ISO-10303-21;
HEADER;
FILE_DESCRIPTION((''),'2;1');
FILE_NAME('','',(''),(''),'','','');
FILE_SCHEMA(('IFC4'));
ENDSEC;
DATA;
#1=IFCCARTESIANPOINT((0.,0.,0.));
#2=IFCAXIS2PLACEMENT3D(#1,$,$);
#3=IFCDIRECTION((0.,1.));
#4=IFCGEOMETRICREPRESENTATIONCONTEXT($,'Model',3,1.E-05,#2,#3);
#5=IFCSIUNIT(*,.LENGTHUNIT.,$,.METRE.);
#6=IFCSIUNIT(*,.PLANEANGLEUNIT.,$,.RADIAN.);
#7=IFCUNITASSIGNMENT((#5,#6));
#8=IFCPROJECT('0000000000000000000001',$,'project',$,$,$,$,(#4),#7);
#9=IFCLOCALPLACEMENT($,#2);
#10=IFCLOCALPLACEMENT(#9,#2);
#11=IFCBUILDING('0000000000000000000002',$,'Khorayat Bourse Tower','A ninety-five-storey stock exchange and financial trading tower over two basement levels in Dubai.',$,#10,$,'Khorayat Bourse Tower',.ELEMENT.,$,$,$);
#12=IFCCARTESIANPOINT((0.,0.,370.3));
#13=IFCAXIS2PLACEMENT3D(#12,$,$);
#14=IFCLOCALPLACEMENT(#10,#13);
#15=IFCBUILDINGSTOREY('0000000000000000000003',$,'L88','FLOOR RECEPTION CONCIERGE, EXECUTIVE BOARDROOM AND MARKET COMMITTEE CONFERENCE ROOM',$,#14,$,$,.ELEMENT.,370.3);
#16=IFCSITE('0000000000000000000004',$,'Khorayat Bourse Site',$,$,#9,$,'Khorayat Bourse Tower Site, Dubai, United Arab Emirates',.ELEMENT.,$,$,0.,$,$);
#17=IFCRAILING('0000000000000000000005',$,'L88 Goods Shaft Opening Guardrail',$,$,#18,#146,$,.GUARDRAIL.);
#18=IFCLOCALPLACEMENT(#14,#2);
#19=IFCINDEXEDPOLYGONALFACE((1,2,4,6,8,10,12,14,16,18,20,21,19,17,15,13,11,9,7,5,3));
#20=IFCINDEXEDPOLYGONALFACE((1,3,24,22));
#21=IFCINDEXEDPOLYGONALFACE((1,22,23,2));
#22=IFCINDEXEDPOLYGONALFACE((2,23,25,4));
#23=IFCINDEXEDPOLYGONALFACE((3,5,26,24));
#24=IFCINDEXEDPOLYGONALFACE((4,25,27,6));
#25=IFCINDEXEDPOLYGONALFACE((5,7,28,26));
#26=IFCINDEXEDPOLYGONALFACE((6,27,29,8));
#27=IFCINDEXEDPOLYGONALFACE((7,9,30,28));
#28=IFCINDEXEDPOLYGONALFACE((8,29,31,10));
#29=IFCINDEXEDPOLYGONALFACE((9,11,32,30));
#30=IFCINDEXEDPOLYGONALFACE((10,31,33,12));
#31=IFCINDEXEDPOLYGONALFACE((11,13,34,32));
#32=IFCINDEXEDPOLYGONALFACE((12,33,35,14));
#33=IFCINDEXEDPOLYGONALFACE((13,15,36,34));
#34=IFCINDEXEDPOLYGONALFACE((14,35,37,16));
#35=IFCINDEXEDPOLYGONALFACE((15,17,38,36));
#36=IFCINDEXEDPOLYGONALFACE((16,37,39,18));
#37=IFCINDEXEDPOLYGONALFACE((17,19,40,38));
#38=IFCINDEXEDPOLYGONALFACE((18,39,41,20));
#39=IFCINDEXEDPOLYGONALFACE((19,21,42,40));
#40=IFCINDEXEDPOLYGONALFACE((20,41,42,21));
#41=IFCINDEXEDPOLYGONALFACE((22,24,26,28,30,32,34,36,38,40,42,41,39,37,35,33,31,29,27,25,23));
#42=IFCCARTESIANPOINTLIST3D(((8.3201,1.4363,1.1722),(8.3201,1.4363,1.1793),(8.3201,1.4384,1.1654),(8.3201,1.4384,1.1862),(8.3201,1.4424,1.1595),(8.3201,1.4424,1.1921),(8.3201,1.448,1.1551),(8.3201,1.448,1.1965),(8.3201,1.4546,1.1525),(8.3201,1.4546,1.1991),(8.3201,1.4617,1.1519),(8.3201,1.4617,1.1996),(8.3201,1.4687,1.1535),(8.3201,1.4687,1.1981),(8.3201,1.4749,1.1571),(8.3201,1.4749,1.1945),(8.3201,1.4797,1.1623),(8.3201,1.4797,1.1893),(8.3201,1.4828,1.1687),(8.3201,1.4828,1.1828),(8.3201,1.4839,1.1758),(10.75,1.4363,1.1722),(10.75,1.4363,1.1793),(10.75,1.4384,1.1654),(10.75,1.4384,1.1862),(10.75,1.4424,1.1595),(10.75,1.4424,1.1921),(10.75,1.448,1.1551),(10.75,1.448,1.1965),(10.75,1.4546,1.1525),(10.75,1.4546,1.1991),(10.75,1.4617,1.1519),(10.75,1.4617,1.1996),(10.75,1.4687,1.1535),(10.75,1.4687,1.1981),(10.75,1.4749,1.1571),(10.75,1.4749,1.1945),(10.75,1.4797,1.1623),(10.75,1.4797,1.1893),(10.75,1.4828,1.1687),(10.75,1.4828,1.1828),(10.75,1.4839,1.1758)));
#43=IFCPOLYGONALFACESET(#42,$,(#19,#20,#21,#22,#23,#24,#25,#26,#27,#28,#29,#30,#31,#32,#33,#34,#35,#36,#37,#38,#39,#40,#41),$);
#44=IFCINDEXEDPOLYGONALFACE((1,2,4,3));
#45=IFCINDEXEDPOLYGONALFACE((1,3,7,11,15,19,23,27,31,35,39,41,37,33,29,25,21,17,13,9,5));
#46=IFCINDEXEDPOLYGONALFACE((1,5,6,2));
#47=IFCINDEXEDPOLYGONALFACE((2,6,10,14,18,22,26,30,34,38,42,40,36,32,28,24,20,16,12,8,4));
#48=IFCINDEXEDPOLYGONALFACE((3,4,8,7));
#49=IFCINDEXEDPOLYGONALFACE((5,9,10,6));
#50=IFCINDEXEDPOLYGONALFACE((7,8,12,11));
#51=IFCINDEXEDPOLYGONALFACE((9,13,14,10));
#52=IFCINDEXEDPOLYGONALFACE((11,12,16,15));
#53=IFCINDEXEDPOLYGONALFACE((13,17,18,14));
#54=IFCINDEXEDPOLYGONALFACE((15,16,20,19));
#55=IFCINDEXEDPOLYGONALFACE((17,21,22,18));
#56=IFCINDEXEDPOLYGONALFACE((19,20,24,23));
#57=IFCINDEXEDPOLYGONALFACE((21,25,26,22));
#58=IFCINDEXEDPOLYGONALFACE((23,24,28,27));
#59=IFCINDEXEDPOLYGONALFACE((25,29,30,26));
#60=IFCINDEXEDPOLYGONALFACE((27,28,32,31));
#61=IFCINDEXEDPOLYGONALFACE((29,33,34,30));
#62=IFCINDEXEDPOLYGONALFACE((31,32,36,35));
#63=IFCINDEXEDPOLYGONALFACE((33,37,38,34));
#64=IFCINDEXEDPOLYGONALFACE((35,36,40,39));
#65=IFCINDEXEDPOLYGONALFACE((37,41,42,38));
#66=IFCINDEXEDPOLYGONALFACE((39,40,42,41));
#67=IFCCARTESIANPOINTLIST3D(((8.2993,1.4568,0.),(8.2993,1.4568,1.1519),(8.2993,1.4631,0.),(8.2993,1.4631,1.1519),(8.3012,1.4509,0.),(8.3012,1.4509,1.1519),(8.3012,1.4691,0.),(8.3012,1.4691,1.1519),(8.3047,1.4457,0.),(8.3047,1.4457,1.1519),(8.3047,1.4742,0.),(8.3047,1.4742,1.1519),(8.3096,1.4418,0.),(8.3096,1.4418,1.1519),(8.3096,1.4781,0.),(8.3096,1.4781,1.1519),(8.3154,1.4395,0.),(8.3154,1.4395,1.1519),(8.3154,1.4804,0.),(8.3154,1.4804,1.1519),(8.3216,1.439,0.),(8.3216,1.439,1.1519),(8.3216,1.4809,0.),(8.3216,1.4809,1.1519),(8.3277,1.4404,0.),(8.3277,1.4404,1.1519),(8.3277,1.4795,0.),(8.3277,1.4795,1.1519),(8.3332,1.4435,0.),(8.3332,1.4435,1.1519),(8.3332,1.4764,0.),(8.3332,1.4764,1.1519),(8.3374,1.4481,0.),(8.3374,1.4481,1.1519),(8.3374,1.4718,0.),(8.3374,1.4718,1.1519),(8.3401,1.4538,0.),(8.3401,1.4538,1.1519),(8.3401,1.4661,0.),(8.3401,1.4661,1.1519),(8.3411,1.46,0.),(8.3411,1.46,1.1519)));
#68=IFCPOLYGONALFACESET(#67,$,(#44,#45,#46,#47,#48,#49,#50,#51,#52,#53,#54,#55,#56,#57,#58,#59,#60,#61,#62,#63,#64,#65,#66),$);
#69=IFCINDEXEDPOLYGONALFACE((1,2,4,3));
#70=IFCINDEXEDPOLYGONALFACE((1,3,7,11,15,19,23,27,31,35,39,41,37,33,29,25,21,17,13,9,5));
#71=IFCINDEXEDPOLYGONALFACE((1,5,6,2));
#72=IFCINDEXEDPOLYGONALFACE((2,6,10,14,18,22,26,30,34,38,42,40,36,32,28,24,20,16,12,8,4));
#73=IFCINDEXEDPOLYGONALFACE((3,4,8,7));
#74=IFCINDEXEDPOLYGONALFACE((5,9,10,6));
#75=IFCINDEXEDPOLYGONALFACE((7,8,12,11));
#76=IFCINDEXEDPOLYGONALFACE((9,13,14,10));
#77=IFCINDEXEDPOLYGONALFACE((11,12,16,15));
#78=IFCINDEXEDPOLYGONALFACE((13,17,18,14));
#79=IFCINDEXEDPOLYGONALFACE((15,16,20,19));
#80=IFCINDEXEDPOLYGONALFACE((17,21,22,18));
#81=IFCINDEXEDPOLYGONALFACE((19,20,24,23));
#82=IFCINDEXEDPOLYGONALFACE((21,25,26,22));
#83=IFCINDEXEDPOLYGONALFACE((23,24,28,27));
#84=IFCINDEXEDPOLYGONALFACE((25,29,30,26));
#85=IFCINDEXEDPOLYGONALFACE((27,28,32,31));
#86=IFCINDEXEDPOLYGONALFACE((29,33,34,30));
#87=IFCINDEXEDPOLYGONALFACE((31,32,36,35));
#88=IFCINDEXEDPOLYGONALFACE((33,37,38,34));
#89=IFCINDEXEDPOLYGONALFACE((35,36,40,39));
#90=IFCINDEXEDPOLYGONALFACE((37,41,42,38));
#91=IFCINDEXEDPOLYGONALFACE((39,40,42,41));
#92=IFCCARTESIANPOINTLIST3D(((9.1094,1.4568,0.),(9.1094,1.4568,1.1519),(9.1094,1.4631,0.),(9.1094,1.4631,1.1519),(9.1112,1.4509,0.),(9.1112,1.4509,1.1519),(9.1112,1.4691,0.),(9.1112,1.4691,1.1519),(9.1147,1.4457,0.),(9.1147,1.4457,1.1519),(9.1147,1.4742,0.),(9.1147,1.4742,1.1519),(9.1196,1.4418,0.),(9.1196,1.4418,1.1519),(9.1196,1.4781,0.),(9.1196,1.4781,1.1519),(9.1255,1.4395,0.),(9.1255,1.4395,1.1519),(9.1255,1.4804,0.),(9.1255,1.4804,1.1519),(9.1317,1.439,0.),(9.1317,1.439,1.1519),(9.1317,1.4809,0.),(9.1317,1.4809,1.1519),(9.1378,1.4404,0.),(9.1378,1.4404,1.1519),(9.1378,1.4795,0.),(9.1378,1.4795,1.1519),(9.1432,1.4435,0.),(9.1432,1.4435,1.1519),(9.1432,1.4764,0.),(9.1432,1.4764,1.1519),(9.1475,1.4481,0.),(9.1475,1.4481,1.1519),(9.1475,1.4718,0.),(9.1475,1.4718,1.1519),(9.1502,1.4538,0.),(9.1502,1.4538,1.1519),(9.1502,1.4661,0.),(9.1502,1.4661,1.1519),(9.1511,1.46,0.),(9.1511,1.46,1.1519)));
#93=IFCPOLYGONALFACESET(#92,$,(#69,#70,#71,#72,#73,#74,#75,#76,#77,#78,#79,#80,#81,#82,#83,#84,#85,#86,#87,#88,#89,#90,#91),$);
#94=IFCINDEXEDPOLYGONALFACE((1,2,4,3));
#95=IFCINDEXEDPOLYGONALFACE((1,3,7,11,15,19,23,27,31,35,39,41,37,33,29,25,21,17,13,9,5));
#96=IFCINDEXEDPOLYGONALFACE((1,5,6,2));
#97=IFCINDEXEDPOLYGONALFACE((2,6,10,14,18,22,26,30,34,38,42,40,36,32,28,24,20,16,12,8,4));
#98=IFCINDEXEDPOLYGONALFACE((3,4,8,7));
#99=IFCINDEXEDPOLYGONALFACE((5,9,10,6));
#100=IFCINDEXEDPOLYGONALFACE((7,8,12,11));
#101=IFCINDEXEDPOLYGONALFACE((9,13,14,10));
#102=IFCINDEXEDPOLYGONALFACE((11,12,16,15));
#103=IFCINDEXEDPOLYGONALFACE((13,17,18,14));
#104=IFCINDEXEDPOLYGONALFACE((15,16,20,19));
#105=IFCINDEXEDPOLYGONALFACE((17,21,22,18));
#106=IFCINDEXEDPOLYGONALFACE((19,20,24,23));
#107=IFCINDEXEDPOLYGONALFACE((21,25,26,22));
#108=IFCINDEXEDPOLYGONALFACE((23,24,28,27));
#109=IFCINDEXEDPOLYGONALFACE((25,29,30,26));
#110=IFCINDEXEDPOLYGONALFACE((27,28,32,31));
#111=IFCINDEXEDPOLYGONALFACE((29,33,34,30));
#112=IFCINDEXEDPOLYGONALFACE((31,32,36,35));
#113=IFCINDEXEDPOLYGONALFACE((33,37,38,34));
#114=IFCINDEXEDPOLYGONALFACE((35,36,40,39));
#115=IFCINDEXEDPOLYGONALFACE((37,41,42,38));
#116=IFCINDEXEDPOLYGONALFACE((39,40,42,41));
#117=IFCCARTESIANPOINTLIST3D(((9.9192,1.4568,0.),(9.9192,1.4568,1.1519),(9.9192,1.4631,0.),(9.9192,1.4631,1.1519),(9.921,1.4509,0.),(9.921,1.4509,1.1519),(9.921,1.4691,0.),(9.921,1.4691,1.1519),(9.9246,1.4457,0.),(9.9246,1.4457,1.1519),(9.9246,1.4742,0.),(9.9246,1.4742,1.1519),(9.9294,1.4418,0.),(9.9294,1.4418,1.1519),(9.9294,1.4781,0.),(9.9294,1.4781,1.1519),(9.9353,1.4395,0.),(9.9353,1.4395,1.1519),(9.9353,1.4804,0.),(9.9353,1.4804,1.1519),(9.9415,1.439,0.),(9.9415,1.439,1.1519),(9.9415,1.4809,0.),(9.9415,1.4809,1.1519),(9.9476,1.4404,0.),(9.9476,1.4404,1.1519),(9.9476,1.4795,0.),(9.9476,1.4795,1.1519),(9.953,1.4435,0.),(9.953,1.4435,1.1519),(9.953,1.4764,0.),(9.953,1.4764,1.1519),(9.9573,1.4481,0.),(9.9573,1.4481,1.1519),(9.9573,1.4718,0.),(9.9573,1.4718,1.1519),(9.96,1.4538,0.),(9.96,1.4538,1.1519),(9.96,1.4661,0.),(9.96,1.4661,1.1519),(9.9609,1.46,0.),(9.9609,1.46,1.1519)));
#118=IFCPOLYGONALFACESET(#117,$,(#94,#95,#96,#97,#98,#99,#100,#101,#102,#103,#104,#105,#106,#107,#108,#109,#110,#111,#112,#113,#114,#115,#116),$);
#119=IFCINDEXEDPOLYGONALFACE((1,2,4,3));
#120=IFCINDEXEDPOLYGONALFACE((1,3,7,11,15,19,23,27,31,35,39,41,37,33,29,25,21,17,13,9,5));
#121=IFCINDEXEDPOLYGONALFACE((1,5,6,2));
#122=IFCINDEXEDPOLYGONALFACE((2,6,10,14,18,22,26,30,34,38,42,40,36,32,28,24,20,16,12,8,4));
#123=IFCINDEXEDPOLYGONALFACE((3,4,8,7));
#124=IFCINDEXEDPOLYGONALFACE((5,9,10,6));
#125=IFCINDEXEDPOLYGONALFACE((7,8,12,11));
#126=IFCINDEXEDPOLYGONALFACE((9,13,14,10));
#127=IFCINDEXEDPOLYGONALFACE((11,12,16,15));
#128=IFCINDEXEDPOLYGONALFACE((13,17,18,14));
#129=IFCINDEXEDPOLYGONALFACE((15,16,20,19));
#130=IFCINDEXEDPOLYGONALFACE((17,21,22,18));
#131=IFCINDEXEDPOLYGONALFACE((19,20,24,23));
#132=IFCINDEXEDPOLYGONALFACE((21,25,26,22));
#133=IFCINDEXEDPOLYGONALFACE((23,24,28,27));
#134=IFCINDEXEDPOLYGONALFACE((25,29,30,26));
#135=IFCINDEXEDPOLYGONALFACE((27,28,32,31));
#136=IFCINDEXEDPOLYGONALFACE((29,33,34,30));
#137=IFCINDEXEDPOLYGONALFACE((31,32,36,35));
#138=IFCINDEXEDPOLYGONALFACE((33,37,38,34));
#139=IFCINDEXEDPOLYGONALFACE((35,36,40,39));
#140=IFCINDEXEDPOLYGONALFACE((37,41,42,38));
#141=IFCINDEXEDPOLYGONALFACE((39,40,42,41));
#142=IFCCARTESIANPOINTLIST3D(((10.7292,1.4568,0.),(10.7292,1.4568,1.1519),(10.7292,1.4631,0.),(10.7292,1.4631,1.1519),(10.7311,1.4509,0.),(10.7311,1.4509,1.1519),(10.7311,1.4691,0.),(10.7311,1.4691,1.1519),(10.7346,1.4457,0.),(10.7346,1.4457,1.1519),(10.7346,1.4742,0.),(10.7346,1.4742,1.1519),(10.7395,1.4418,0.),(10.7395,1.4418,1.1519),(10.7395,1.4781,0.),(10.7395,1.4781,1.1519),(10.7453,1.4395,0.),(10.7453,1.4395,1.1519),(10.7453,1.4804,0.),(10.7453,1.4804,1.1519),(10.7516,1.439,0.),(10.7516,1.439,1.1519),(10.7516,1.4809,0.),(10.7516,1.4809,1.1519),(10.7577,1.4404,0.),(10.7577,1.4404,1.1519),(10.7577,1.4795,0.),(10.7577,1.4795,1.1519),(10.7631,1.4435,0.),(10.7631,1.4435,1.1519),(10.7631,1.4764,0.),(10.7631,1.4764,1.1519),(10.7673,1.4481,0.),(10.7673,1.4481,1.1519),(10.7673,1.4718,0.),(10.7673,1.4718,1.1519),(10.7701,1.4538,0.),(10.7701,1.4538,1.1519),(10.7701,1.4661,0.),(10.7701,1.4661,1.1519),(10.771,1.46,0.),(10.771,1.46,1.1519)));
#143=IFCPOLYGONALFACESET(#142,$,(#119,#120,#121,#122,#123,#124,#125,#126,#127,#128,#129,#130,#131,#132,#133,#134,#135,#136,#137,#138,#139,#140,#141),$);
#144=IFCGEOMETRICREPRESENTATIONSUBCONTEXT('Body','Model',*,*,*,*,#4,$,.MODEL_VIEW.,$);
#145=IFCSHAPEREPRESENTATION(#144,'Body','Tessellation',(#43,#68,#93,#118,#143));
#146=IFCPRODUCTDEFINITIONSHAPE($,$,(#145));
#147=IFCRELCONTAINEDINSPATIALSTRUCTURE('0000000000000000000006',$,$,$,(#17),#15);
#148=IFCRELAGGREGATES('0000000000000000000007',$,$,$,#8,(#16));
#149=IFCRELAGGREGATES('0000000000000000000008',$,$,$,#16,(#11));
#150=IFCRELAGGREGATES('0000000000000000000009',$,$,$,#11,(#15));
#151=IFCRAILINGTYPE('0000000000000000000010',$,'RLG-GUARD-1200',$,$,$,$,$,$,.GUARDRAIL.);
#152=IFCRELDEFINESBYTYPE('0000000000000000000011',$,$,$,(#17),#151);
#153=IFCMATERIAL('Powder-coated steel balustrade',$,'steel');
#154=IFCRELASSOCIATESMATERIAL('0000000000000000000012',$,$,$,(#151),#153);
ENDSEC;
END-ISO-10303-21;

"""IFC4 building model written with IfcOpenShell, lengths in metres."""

from ifc_helpers import new_model, si_unit, direction, frame, origin, origin_2d, place, context, subcontext, project, spatial, circle, extrude, source, transform, mapped, material, type_object, element, save


model = new_model("IFC4")

# Units and contexts
model_context = context("Model", 3, precision=1e-05, world=origin(), true_north=direction((0.0, 1.0)))
body_context = subcontext(model_context, "Body", "Model", "MODEL_VIEW")
ifc_project = project(units=[si_unit("LENGTHUNIT", "METRE"), si_unit("PLANEANGLEUNIT", "RADIAN")], contexts=[model_context])

# Site, building, storey
site_placement = place(None, origin())
site = spatial("IfcSite", under=ifc_project, at=site_placement, Name="Khorayat Bourse Site", LongName="Khorayat Bourse Tower Site, Dubai, United Arab Emirates", CompositionType="ELEMENT", RefElevation=0.0)
building_placement = place(site_placement, origin())
building = spatial("IfcBuilding", under=site, at=building_placement, Name="Khorayat Bourse Tower", Description="A ninety-five-storey stock exchange and financial trading tower over two basement levels in Dubai.", LongName="Khorayat Bourse Tower", CompositionType="ELEMENT")
storey_placement = place(building_placement, frame((0.0, 0.0, 370.3)))
storey = spatial("IfcBuildingStorey", under=building, at=storey_placement, Name="L88", Description="FLOOR RECEPTION CONCIERGE, EXECUTIVE BOARDROOM AND MARKET COMMITTEE CONFERENCE ROOM", CompositionType="ELEMENT", Elevation=370.3)

# Railing
ifc_material_1 = material(Name="Powder-coated steel balustrade", Category="steel")
railing_type = type_object("IfcRailingType", Name="RLG-GUARD-1200", PredefinedType="GUARDRAIL", material=ifc_material_1)
shared_shape_1 = source(origin(), body_context, "Body", "SweptSolid", [
    extrude(circle(Radius=0.0239, at=origin_2d()), frame((0.0, 0.0, 1.1758), z_axis=(1.0, 0.0, 0.0), x_axis=(0.0, 1.0, 0.0)), (0.0, 0.0, 1.0), 2.4299),
    extrude(circle(Radius=0.021, at=origin_2d()), origin(), (0.0, 0.0, 1.0), 1.1519),
    extrude(circle(Radius=0.021, at=origin_2d()), frame((0.8101, 0.0, 0.0)), (0.0, 0.0, 1.0), 1.1519),
    extrude(circle(Radius=0.021, at=origin_2d()), frame((1.6199, 0.0, 0.0)), (0.0, 0.0, 1.0), 1.1519),
    extrude(circle(Radius=0.021, at=origin_2d()), frame((2.4299, 0.0, 0.0)), (0.0, 0.0, 1.0), 1.1519),
])
railing_placement = place(storey_placement, frame((8.3201, 1.46, 0.0)))
element("IfcRailing", 1, at=railing_placement, inside=storey, type_object=railing_type, Name="L88 Goods Shaft Opening Guardrail", PredefinedType="GUARDRAIL", context=body_context, shape_type="MappedRepresentation", body=[
    mapped(shared_shape_1, transform((0.0, 0.0, 0.0), scale=1.0)),
])

save(model, "model.ifc")
